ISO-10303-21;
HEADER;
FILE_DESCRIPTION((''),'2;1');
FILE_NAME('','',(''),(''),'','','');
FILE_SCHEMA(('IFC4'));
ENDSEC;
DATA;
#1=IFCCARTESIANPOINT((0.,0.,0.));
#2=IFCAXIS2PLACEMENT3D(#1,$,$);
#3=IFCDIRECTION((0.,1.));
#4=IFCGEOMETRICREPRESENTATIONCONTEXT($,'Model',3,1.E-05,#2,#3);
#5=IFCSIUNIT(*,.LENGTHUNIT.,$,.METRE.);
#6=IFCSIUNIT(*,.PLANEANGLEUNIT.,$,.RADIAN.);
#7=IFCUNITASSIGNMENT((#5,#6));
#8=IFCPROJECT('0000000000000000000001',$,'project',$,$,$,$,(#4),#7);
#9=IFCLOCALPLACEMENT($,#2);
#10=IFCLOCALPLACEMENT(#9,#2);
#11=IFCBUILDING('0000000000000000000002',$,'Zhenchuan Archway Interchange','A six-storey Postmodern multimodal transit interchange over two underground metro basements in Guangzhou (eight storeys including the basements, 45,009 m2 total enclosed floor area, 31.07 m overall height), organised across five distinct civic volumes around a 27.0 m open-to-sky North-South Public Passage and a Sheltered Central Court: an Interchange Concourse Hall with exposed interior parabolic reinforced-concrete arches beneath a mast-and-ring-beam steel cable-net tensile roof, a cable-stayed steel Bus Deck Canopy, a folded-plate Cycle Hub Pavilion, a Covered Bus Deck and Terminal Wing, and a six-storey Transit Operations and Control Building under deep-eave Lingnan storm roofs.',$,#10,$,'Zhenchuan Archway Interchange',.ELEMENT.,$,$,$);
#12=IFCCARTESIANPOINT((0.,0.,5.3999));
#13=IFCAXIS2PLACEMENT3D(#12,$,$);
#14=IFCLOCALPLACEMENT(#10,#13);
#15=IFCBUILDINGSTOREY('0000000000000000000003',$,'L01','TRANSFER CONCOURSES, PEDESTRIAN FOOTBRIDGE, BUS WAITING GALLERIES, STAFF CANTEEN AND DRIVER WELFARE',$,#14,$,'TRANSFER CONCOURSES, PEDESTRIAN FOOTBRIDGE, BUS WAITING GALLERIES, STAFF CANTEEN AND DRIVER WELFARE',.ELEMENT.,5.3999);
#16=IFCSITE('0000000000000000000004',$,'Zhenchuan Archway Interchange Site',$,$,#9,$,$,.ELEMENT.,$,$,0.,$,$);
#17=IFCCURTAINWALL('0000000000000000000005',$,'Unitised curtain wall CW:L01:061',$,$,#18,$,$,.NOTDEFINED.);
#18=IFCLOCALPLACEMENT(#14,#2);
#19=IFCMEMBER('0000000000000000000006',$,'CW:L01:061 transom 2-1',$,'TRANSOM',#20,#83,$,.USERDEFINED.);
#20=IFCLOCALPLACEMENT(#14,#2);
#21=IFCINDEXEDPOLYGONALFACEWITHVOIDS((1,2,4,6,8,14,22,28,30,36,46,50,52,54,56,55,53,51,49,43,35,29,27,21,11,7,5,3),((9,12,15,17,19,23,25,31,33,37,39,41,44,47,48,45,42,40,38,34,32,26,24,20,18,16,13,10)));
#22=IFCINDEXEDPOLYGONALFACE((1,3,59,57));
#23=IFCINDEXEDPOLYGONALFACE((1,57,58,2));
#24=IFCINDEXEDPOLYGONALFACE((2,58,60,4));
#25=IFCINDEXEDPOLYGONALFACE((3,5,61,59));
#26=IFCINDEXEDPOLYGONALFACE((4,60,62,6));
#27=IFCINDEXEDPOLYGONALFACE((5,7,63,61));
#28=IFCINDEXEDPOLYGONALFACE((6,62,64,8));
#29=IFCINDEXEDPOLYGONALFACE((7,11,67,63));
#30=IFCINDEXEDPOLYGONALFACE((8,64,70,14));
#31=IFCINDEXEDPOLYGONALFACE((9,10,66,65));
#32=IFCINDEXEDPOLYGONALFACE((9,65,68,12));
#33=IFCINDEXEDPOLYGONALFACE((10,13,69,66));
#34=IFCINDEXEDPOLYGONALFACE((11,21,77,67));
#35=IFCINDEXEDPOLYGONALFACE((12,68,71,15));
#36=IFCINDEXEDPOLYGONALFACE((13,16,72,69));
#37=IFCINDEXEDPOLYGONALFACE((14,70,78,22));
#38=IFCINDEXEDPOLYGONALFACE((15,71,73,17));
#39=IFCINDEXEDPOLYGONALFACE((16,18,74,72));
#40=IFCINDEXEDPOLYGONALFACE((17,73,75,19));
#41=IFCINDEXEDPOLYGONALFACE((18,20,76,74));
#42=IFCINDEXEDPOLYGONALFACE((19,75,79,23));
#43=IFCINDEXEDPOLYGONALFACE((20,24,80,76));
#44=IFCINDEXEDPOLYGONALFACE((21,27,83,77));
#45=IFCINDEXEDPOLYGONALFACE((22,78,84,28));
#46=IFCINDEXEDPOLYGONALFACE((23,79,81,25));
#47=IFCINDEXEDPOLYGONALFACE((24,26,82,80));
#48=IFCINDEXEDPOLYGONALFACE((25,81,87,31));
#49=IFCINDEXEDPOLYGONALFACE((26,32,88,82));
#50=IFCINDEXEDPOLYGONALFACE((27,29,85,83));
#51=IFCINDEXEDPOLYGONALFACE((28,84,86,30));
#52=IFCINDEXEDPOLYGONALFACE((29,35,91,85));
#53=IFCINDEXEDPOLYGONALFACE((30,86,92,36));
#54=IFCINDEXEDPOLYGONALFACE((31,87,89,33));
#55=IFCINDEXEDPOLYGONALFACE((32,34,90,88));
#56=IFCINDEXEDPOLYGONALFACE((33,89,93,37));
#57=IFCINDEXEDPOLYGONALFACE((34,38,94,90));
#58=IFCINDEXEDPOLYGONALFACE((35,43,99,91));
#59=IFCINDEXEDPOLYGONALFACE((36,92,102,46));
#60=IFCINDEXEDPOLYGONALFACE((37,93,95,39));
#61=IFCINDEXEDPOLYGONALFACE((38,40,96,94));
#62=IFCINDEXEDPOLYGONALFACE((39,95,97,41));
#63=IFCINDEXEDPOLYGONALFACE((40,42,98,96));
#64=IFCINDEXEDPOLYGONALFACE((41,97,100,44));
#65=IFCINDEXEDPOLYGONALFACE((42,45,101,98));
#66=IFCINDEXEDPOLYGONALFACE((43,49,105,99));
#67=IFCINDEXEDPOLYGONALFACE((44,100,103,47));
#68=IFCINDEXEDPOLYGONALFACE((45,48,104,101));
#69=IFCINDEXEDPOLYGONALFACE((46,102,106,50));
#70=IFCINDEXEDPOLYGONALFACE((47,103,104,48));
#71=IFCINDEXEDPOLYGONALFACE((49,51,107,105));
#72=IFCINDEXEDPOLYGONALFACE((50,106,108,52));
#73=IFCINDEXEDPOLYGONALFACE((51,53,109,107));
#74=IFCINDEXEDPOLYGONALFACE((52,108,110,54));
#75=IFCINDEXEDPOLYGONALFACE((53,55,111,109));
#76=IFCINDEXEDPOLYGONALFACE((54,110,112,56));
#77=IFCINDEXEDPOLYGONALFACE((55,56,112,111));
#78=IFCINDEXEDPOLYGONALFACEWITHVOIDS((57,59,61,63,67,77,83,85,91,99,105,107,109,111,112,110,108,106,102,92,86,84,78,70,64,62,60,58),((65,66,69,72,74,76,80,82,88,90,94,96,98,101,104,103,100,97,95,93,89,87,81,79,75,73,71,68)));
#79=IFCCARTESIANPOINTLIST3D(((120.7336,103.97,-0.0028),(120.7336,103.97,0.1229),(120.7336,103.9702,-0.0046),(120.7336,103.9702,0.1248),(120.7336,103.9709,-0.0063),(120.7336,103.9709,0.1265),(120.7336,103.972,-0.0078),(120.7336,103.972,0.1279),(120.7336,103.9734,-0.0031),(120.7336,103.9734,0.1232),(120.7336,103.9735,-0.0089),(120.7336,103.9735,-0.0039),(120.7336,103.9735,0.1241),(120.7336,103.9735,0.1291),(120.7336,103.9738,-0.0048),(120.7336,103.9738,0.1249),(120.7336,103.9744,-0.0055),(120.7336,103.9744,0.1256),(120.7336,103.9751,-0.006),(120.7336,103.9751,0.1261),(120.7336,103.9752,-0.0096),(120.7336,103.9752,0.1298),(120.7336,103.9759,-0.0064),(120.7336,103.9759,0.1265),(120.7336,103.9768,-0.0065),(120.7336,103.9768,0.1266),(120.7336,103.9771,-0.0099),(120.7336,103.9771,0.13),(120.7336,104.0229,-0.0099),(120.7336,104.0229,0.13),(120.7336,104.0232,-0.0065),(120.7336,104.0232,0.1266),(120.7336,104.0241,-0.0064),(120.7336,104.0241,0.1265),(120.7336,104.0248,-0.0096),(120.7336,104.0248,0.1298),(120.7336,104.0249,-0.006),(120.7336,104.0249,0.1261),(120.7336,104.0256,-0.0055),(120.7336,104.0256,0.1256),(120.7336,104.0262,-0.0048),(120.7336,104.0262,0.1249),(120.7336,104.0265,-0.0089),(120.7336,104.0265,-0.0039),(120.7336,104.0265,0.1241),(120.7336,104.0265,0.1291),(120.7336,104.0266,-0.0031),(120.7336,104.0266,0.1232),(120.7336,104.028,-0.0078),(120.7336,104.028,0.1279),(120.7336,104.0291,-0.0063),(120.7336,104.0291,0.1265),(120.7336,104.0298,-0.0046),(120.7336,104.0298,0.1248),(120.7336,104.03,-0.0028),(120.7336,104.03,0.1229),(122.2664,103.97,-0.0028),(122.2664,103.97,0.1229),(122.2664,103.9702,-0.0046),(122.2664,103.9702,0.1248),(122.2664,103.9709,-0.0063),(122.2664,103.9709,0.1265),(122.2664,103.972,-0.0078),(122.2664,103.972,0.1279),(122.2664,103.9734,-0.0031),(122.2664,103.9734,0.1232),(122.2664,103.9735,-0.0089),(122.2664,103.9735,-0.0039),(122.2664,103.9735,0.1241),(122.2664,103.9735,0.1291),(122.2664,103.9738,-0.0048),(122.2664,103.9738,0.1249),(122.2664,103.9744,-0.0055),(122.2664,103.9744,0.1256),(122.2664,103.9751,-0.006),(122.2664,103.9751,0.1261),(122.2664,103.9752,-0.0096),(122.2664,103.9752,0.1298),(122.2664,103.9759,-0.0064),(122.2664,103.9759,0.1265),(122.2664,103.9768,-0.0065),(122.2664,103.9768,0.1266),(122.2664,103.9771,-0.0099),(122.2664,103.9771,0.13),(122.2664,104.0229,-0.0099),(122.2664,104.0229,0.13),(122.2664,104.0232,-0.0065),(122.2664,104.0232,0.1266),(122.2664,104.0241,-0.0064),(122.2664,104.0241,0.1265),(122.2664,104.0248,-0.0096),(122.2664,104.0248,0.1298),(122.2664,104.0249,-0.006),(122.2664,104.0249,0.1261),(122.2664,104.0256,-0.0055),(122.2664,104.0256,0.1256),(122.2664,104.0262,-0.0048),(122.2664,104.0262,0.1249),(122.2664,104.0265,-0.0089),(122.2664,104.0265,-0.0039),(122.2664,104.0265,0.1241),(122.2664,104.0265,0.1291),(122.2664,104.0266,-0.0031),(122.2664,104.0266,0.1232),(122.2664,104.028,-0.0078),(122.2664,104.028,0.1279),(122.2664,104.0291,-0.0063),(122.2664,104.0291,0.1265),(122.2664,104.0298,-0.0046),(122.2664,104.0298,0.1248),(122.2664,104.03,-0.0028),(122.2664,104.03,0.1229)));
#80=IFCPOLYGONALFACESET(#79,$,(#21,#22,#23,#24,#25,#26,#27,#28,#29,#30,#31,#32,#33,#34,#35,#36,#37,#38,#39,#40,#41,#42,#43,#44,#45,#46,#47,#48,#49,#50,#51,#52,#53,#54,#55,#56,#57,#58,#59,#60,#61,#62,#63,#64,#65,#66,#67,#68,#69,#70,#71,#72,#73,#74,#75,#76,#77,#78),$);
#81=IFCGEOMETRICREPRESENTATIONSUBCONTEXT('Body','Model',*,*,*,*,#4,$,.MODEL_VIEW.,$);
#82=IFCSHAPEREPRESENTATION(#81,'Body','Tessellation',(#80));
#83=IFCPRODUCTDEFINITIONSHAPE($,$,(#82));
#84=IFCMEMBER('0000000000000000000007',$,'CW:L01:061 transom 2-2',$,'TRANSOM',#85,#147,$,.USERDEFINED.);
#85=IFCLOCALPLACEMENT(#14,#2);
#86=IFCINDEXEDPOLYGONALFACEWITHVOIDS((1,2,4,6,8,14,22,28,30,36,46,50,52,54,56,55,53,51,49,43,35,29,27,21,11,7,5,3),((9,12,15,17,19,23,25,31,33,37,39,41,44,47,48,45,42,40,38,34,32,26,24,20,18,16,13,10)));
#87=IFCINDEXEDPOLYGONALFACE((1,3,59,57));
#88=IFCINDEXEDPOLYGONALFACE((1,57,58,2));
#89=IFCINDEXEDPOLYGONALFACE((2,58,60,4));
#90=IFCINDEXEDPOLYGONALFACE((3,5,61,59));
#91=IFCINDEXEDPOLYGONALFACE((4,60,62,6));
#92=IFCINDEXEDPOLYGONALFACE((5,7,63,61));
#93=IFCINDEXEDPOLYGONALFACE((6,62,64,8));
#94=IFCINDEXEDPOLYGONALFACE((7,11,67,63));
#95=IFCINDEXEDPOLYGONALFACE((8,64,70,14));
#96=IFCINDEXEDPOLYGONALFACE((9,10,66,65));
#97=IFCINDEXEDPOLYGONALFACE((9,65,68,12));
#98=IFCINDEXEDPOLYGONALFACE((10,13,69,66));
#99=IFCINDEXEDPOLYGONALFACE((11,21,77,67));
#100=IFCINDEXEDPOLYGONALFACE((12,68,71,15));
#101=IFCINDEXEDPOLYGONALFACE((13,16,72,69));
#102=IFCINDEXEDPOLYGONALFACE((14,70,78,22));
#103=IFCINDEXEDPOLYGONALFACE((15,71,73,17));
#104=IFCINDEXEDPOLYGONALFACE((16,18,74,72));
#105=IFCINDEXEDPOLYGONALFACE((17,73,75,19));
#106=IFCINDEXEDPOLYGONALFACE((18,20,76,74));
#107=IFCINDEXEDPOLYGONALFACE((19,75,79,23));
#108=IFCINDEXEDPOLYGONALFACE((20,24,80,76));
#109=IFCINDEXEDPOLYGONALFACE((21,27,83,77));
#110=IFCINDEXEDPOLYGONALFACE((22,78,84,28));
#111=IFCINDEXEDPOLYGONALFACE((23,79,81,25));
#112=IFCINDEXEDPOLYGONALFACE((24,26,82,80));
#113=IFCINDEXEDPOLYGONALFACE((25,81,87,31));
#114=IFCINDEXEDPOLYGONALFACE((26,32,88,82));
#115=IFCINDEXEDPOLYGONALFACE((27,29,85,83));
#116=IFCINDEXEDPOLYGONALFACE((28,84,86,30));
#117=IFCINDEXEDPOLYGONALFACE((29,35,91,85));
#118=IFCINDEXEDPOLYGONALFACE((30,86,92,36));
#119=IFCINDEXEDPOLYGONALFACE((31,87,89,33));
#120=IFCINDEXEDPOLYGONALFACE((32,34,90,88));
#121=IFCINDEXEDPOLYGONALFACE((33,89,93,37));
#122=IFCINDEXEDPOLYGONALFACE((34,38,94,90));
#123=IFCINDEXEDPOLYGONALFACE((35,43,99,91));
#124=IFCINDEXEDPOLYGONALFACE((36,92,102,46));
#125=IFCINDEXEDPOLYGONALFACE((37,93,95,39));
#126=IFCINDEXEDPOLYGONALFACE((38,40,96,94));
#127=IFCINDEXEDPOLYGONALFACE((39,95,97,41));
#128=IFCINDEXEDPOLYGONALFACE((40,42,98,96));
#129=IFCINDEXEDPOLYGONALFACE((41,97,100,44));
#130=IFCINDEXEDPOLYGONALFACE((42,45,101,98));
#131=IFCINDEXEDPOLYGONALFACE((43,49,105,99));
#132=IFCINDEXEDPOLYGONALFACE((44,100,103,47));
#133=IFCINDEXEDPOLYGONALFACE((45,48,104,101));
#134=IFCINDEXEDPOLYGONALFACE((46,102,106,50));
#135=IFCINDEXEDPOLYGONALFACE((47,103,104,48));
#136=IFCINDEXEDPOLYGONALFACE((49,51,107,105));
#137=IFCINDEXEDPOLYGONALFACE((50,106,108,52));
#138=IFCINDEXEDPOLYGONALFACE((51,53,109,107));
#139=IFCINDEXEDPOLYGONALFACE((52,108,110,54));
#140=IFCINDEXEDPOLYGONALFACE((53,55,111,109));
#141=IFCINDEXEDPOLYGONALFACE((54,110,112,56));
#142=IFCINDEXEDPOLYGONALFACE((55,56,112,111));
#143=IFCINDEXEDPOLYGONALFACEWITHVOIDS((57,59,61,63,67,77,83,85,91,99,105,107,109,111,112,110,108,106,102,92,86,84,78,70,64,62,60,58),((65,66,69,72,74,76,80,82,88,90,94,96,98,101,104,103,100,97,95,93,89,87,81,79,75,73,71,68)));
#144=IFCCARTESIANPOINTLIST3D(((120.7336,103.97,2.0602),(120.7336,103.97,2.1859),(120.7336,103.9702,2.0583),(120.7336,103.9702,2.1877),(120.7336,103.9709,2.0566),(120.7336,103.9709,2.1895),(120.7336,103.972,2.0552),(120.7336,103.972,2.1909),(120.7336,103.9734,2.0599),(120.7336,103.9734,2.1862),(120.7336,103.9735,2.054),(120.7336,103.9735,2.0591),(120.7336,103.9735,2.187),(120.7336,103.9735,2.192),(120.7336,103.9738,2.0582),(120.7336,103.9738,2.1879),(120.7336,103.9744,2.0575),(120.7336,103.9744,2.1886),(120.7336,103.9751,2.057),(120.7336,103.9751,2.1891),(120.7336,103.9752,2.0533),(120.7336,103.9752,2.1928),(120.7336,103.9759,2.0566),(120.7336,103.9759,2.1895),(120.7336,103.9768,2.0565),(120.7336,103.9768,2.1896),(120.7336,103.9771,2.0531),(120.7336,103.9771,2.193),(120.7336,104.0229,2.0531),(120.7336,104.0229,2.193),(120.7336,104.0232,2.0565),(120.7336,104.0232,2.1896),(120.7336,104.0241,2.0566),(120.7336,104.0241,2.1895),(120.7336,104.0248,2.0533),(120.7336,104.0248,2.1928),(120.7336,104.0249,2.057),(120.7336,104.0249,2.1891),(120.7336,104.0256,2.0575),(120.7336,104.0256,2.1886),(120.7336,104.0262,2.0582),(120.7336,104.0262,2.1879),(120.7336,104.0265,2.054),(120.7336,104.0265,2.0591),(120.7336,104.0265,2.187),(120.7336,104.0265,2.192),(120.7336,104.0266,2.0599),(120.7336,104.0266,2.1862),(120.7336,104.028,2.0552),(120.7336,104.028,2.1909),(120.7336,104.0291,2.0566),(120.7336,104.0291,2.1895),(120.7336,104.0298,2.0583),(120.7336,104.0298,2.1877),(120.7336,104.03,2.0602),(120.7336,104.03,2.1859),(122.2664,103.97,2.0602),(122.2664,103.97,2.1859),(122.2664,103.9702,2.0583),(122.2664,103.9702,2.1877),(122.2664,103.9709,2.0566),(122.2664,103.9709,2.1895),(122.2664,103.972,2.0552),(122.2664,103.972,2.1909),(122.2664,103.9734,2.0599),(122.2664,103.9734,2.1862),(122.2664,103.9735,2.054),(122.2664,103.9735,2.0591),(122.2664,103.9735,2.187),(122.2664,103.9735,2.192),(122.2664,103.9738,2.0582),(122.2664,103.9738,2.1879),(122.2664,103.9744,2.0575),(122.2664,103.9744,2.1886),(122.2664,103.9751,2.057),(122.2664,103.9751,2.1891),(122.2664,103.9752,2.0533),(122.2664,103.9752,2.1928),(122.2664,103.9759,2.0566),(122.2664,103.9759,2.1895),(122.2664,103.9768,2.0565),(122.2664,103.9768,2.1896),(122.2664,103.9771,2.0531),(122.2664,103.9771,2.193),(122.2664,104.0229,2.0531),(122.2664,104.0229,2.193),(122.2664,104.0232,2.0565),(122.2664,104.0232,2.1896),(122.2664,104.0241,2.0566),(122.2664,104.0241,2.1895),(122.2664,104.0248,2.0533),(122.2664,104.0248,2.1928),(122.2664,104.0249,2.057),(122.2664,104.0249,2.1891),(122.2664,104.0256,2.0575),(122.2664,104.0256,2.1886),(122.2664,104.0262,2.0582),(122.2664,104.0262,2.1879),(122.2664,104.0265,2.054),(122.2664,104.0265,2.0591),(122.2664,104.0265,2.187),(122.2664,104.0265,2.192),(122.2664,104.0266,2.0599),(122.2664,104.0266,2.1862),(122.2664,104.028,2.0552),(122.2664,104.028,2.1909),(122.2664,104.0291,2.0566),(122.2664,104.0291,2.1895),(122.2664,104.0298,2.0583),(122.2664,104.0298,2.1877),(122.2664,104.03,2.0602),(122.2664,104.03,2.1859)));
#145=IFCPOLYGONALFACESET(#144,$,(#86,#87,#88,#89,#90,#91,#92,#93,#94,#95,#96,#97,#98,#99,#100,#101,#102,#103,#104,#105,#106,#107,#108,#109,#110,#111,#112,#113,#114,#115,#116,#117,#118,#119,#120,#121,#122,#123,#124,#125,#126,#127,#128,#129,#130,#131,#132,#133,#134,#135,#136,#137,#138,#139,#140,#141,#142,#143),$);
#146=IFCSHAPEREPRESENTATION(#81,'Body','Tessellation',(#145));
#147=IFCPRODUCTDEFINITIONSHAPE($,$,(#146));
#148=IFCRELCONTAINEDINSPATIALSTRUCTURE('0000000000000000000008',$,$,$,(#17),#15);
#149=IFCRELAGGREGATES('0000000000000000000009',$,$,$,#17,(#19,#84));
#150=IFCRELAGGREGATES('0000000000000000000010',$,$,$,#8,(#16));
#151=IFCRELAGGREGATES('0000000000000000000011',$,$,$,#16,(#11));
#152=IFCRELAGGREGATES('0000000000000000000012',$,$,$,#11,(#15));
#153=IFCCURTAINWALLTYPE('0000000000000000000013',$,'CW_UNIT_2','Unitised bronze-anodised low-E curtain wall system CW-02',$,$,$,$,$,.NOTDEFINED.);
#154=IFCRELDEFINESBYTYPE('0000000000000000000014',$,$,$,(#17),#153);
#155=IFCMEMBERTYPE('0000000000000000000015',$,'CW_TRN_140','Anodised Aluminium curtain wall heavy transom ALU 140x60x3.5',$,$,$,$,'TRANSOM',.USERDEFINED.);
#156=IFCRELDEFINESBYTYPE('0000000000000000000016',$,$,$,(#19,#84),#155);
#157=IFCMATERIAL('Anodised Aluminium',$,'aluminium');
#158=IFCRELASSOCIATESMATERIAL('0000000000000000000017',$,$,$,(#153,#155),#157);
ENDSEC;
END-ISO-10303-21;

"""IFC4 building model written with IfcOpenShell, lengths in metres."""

from ifc_helpers import new_model, si_unit, direction, frame, origin, origin_2d, place, context, subcontext, project, spatial, hollow_rectangle, extrude, material, material_profile, profile_set, type_object, element, aggregate, save


model = new_model("IFC4")

# Units and contexts
model_context = context("Model", 3, precision=1e-05, world=origin(), true_north=direction((0.0, 1.0)))
body_context = subcontext(model_context, "Body", "Model", "MODEL_VIEW")
ifc_project = project(units=[si_unit("LENGTHUNIT", "METRE"), si_unit("PLANEANGLEUNIT", "RADIAN")], contexts=[model_context])

# Site, building, storey
site_placement = place(None, origin())
site = spatial("IfcSite", under=ifc_project, at=site_placement, Name="Zhenchuan Archway Interchange Site", CompositionType="ELEMENT", RefElevation=0.0)
building_placement = place(site_placement, origin())
building = spatial("IfcBuilding", under=site, at=building_placement, Name="Zhenchuan Archway Interchange", Description="A six-storey Postmodern multimodal transit interchange over two underground metro basements in Guangzhou (eight storeys including the basements, 45,009 m2 total enclosed floor area, 31.07 m overall height), organised across five distinct civic volumes around a 27.0 m open-to-sky North-South Public Passage and a Sheltered Central Court: an Interchange Concourse Hall with exposed interior parabolic reinforced-concrete arches beneath a mast-and-ring-beam steel cable-net tensile roof, a cable-stayed steel Bus Deck Canopy, a folded-plate Cycle Hub Pavilion, a Covered Bus Deck and Terminal Wing, and a six-storey Transit Operations and Control Building under deep-eave Lingnan storm roofs.", LongName="Zhenchuan Archway Interchange", CompositionType="ELEMENT")
storey_placement = place(building_placement, frame((0.0, 0.0, 5.3999)))
storey = spatial("IfcBuildingStorey", under=building, at=storey_placement, Name="L01", Description="TRANSFER CONCOURSES, PEDESTRIAN FOOTBRIDGE, BUS WAITING GALLERIES, STAFF CANTEEN AND DRIVER WELFARE", LongName="TRANSFER CONCOURSES, PEDESTRIAN FOOTBRIDGE, BUS WAITING GALLERIES, STAFF CANTEEN AND DRIVER WELFARE", CompositionType="ELEMENT", Elevation=5.3999)

# Curtain wall, members
ifc_material_1 = material(Name="Anodised Aluminium", Category="aluminium")
curtain_wall_type = type_object("IfcCurtainWallType", Name="CW_UNIT_2", Description="Unitised bronze-anodised low-E curtain wall system CW-02", PredefinedType="NOTDEFINED", material=ifc_material_1)
curtain_wall_placement = place(storey_placement, origin())
curtain_wall = element("IfcCurtainWall", 1, at=curtain_wall_placement, inside=storey, type_object=curtain_wall_type, Name="Unitised curtain wall CW:L01:061", PredefinedType="NOTDEFINED")
ifc_material_profile_1 = material_profile(ifc_material_1, hollow_rectangle(XDim=0.0601, YDim=0.1399, WallThickness=0.0034, InnerFilletRadius=0.0034, OuterFilletRadius=0.0071, at=origin_2d()), Name="ALU 140x60x3.5")
ifc_profile_set_1 = profile_set([ifc_material_profile_1], Name="Anodised Aluminium")
member_type_1 = type_object("IfcMemberType", Name="CW_TRN_140", Description="Anodised Aluminium curtain wall heavy transom ALU 140x60x3.5", ElementType="TRANSOM", PredefinedType="USERDEFINED", material=ifc_profile_set_1)
member_1_placement = place(storey_placement, frame((120.7336, 104.0, 0.0601), z_axis=(1.0, 0.0, 0.0), x_axis=(0.0, 1.0, 0.0)))
member_1 = element("IfcMember", 2, at=member_1_placement, type_object=member_type_1, Name="CW:L01:061 transom 2-1", ObjectType="TRANSOM", PredefinedType="USERDEFINED", context=body_context, shape_type="SweptSolid", body=[
    extrude(hollow_rectangle(XDim=0.0601, YDim=0.1399, WallThickness=0.0034, InnerFilletRadius=0.0034, OuterFilletRadius=0.0071, at=origin_2d()), origin(), (0.0, 0.0, 1.0), 1.5327),
])
member_2_placement = place(storey_placement, frame((120.7336, 104.0, 2.123), z_axis=(1.0, 0.0, 0.0), x_axis=(0.0, 1.0, 0.0)))
member_2 = element("IfcMember", 3, at=member_2_placement, type_object=member_type_1, Name="CW:L01:061 transom 2-2", ObjectType="TRANSOM", PredefinedType="USERDEFINED", context=body_context, shape_type="SweptSolid", body=[
    extrude(hollow_rectangle(XDim=0.0601, YDim=0.1399, WallThickness=0.0034, InnerFilletRadius=0.0034, OuterFilletRadius=0.0071, at=origin_2d()), origin(), (0.0, 0.0, 1.0), 1.5327),
])

aggregate(curtain_wall, [member_1, member_2])

save(model, "model.ifc")
